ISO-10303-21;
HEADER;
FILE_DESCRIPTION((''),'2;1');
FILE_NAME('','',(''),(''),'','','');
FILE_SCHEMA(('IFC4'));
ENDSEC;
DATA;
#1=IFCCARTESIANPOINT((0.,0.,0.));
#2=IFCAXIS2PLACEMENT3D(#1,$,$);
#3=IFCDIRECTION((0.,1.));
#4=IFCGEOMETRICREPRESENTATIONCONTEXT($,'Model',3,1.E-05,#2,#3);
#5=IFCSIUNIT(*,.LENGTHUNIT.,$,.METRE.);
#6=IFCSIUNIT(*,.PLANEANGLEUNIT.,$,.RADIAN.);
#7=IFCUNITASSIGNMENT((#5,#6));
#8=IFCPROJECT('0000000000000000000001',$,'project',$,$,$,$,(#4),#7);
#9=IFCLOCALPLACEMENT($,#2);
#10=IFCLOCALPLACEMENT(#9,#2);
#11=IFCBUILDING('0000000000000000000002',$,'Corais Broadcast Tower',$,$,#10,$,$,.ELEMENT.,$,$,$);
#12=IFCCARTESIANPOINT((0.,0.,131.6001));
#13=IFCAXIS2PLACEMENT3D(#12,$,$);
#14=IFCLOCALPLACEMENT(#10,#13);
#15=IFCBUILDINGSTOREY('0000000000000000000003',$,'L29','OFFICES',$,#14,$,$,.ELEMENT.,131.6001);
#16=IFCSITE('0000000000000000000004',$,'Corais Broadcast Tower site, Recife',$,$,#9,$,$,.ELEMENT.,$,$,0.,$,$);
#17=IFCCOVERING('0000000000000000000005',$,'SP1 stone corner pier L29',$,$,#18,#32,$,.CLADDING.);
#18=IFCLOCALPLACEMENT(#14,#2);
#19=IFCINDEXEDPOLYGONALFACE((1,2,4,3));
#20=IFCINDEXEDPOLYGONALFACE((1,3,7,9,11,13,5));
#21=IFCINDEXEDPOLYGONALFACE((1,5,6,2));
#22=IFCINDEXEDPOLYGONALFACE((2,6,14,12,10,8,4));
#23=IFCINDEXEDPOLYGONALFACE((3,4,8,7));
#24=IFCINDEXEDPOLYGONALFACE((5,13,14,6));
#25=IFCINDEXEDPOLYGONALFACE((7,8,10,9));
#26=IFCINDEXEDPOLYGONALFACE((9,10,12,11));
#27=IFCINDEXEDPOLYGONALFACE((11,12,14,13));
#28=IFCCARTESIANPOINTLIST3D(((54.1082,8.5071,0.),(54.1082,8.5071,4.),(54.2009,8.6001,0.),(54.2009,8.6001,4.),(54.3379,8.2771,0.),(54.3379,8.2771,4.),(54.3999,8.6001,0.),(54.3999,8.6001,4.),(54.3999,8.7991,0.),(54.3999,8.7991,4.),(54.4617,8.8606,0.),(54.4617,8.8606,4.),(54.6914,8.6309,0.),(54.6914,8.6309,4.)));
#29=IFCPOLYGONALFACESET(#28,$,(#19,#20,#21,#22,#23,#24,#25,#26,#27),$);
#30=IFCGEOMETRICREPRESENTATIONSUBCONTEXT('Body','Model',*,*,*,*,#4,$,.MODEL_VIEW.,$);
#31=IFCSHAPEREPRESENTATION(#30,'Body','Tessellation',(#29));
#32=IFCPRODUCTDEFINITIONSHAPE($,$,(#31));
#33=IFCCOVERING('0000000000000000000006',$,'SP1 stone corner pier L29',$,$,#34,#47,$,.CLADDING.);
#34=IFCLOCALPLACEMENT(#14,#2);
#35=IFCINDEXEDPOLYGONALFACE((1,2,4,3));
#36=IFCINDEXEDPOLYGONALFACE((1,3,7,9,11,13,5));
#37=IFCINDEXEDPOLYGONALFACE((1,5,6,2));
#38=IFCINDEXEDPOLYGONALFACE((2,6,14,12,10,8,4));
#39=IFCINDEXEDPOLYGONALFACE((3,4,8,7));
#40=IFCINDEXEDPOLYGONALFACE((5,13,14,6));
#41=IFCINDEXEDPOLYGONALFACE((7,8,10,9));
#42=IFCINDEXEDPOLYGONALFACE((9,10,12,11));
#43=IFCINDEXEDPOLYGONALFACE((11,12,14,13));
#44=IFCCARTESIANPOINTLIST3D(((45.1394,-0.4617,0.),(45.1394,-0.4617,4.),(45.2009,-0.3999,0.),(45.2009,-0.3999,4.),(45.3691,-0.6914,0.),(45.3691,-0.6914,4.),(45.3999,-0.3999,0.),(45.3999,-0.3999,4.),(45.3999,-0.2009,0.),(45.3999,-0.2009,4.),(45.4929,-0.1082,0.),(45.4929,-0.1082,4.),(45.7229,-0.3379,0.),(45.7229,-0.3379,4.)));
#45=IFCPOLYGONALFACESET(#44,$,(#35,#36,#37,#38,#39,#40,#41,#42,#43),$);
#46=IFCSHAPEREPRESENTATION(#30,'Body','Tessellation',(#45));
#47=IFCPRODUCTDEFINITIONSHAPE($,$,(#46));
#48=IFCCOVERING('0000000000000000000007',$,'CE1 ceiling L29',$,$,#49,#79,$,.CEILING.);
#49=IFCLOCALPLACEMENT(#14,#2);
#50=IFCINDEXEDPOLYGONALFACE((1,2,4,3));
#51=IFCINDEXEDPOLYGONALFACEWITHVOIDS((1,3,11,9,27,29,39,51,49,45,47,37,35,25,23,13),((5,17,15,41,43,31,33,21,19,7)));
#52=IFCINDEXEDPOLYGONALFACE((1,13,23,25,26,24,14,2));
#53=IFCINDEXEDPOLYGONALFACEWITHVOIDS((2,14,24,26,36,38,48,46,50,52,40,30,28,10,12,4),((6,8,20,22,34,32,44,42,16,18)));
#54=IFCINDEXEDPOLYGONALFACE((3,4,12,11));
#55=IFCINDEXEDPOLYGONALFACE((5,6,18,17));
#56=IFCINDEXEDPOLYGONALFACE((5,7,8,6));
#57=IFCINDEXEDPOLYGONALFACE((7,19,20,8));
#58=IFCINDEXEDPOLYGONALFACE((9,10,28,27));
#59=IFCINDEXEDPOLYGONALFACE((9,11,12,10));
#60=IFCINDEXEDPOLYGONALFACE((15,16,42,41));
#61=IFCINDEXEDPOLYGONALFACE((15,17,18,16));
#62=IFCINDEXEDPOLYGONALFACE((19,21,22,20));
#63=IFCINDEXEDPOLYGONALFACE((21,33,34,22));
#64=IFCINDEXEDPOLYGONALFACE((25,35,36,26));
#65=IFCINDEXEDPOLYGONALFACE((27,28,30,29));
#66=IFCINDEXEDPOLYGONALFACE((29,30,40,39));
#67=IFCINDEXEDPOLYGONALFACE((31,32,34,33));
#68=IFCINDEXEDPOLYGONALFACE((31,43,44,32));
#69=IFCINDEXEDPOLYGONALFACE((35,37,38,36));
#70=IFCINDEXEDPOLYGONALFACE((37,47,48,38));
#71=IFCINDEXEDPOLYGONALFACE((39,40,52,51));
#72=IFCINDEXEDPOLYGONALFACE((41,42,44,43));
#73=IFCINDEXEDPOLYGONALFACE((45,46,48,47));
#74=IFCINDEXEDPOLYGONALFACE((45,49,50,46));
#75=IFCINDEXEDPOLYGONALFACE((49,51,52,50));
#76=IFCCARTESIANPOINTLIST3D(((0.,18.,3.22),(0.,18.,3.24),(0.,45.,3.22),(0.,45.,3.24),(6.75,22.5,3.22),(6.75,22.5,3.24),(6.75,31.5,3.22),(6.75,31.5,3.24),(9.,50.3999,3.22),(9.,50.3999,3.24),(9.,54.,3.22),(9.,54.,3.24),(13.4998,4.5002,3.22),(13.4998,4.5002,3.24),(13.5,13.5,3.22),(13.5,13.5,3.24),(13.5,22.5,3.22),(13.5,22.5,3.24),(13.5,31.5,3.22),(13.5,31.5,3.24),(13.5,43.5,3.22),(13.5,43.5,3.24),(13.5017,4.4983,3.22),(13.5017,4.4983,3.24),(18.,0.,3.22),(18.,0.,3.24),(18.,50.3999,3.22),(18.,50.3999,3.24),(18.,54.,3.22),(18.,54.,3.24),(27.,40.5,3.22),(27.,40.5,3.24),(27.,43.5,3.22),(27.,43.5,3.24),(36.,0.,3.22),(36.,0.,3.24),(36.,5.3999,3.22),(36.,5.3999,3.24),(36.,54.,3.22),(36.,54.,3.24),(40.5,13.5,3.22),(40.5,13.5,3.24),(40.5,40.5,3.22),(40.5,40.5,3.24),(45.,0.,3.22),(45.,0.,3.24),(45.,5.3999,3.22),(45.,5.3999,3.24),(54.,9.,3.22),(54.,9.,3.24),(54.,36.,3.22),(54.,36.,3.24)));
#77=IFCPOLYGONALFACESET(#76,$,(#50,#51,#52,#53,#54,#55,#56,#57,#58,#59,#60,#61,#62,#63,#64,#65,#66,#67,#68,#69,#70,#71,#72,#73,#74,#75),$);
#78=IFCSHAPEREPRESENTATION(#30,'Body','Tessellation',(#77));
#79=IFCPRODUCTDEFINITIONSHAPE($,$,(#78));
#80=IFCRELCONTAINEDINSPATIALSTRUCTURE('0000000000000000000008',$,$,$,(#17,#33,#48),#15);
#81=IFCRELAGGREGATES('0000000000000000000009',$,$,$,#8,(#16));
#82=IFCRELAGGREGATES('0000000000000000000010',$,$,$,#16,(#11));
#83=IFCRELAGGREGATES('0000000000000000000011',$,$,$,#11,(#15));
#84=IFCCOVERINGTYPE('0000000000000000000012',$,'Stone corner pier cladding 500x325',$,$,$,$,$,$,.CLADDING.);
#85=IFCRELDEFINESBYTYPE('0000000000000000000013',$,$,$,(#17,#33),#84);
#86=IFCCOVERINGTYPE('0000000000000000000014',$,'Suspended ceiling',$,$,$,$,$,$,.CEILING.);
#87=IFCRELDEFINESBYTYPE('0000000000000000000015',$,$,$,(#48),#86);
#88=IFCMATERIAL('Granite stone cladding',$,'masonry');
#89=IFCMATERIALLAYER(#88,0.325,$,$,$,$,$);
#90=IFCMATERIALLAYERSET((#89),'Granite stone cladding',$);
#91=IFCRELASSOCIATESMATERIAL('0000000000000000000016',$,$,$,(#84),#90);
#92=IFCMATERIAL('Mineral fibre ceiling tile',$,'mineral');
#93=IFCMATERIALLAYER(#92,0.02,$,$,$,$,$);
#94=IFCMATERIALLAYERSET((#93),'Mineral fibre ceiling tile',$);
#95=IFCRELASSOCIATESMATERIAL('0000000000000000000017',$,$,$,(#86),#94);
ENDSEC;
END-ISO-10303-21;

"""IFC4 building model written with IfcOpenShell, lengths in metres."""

from ifc_helpers import new_model, si_unit, direction, frame, origin, place, context, subcontext, project, spatial, polyline, outline, extrude, material, layer, layer_set, type_object, element, save


model = new_model("IFC4")

# Units and contexts
model_context = context("Model", 3, precision=1e-05, world=origin(), true_north=direction((0.0, 1.0)))
body_context = subcontext(model_context, "Body", "Model", "MODEL_VIEW")
ifc_project = project(units=[si_unit("LENGTHUNIT", "METRE"), si_unit("PLANEANGLEUNIT", "RADIAN")], contexts=[model_context])

# Site, building, storey
site_placement = place(None, origin())
site = spatial("IfcSite", under=ifc_project, at=site_placement, Name="Corais Broadcast Tower site, Recife", CompositionType="ELEMENT", RefElevation=0.0)
building_placement = place(site_placement, origin())
building = spatial("IfcBuilding", under=site, at=building_placement, Name="Corais Broadcast Tower", CompositionType="ELEMENT")
storey_placement = place(building_placement, frame((0.0, 0.0, 131.6001)))
storey = spatial("IfcBuildingStorey", under=building, at=storey_placement, Name="L29", Description="OFFICES", CompositionType="ELEMENT", Elevation=131.6001)

# Coverings
ifc_material_1 = material(Name="Granite stone cladding", Category="masonry")
ifc_layer_1 = layer(ifc_material_1, 0.325)
ifc_layer_set_1 = layer_set([ifc_layer_1], Name="Granite stone cladding")
covering_type_1 = type_object("IfcCoveringType", Name="Stone corner pier cladding 500x325", PredefinedType="CLADDING", material=ifc_layer_set_1)
covering_1_placement = place(storey_placement, origin())
element("IfcCovering", 1, at=covering_1_placement, inside=storey, type_object=covering_type_1, Name="SP1 stone corner pier L29", PredefinedType="CLADDING", context=body_context, shape_type="SweptSolid", body=[
    extrude(outline(polyline([(54.4617, 8.8606), (54.3999, 8.7991), (54.3999, 8.6001), (54.2009, 8.6001), (54.1082, 8.5071), (54.3379, 8.2771), (54.6914, 8.6309), (54.4617, 8.8606)])), origin(), (0.0, 0.0, 1.0), 4.0),
])
covering_2_placement = place(storey_placement, origin())
element("IfcCovering", 2, at=covering_2_placement, inside=storey, type_object=covering_type_1, Name="SP1 stone corner pier L29", PredefinedType="CLADDING", context=body_context, shape_type="SweptSolid", body=[
    extrude(outline(polyline([(45.2009, -0.3999), (45.1394, -0.4617), (45.3691, -0.6914), (45.7229, -0.3379), (45.4929, -0.1082), (45.3999, -0.2009), (45.3999, -0.3999), (45.2009, -0.3999)])), origin(), (0.0, 0.0, 1.0), 4.0),
])
ifc_material_2 = material(Name="Mineral fibre ceiling tile", Category="mineral")
ifc_layer_2 = layer(ifc_material_2, 0.02)
ifc_layer_set_2 = layer_set([ifc_layer_2], Name="Mineral fibre ceiling tile")
covering_type_2 = type_object("IfcCoveringType", Name="Suspended ceiling", PredefinedType="CEILING", material=ifc_layer_set_2)
covering_3_placement = place(storey_placement, frame((0.0, 0.0, 3.22)))
element("IfcCovering", 3, at=covering_3_placement, inside=storey, type_object=covering_type_2, Name="CE1 ceiling L29", PredefinedType="CEILING", context=body_context, shape_type="SweptSolid", body=[
    extrude(outline(polyline([(18.0, 0.0), (13.5017, 4.4983), (13.4998, 4.5002), (0.0, 18.0), (0.0, 45.0), (9.0, 54.0), (9.0, 50.3999), (18.0, 50.3999), (18.0, 54.0), (36.0, 54.0), (54.0, 36.0), (54.0, 9.0), (45.0, 0.0), (45.0, 5.3999), (36.0, 5.3999), (36.0, 0.0), (18.0, 0.0)]), holes=[polyline([(6.75, 22.5), (13.5, 22.5), (13.5, 13.5), (40.5, 13.5), (40.5, 40.5), (27.0, 40.5), (27.0, 43.5), (13.5, 43.5), (13.5, 31.5), (6.75, 31.5), (6.75, 22.5)])]), origin(), (0.0, 0.0, 1.0), 0.02),
])

save(model, "model.ifc")
